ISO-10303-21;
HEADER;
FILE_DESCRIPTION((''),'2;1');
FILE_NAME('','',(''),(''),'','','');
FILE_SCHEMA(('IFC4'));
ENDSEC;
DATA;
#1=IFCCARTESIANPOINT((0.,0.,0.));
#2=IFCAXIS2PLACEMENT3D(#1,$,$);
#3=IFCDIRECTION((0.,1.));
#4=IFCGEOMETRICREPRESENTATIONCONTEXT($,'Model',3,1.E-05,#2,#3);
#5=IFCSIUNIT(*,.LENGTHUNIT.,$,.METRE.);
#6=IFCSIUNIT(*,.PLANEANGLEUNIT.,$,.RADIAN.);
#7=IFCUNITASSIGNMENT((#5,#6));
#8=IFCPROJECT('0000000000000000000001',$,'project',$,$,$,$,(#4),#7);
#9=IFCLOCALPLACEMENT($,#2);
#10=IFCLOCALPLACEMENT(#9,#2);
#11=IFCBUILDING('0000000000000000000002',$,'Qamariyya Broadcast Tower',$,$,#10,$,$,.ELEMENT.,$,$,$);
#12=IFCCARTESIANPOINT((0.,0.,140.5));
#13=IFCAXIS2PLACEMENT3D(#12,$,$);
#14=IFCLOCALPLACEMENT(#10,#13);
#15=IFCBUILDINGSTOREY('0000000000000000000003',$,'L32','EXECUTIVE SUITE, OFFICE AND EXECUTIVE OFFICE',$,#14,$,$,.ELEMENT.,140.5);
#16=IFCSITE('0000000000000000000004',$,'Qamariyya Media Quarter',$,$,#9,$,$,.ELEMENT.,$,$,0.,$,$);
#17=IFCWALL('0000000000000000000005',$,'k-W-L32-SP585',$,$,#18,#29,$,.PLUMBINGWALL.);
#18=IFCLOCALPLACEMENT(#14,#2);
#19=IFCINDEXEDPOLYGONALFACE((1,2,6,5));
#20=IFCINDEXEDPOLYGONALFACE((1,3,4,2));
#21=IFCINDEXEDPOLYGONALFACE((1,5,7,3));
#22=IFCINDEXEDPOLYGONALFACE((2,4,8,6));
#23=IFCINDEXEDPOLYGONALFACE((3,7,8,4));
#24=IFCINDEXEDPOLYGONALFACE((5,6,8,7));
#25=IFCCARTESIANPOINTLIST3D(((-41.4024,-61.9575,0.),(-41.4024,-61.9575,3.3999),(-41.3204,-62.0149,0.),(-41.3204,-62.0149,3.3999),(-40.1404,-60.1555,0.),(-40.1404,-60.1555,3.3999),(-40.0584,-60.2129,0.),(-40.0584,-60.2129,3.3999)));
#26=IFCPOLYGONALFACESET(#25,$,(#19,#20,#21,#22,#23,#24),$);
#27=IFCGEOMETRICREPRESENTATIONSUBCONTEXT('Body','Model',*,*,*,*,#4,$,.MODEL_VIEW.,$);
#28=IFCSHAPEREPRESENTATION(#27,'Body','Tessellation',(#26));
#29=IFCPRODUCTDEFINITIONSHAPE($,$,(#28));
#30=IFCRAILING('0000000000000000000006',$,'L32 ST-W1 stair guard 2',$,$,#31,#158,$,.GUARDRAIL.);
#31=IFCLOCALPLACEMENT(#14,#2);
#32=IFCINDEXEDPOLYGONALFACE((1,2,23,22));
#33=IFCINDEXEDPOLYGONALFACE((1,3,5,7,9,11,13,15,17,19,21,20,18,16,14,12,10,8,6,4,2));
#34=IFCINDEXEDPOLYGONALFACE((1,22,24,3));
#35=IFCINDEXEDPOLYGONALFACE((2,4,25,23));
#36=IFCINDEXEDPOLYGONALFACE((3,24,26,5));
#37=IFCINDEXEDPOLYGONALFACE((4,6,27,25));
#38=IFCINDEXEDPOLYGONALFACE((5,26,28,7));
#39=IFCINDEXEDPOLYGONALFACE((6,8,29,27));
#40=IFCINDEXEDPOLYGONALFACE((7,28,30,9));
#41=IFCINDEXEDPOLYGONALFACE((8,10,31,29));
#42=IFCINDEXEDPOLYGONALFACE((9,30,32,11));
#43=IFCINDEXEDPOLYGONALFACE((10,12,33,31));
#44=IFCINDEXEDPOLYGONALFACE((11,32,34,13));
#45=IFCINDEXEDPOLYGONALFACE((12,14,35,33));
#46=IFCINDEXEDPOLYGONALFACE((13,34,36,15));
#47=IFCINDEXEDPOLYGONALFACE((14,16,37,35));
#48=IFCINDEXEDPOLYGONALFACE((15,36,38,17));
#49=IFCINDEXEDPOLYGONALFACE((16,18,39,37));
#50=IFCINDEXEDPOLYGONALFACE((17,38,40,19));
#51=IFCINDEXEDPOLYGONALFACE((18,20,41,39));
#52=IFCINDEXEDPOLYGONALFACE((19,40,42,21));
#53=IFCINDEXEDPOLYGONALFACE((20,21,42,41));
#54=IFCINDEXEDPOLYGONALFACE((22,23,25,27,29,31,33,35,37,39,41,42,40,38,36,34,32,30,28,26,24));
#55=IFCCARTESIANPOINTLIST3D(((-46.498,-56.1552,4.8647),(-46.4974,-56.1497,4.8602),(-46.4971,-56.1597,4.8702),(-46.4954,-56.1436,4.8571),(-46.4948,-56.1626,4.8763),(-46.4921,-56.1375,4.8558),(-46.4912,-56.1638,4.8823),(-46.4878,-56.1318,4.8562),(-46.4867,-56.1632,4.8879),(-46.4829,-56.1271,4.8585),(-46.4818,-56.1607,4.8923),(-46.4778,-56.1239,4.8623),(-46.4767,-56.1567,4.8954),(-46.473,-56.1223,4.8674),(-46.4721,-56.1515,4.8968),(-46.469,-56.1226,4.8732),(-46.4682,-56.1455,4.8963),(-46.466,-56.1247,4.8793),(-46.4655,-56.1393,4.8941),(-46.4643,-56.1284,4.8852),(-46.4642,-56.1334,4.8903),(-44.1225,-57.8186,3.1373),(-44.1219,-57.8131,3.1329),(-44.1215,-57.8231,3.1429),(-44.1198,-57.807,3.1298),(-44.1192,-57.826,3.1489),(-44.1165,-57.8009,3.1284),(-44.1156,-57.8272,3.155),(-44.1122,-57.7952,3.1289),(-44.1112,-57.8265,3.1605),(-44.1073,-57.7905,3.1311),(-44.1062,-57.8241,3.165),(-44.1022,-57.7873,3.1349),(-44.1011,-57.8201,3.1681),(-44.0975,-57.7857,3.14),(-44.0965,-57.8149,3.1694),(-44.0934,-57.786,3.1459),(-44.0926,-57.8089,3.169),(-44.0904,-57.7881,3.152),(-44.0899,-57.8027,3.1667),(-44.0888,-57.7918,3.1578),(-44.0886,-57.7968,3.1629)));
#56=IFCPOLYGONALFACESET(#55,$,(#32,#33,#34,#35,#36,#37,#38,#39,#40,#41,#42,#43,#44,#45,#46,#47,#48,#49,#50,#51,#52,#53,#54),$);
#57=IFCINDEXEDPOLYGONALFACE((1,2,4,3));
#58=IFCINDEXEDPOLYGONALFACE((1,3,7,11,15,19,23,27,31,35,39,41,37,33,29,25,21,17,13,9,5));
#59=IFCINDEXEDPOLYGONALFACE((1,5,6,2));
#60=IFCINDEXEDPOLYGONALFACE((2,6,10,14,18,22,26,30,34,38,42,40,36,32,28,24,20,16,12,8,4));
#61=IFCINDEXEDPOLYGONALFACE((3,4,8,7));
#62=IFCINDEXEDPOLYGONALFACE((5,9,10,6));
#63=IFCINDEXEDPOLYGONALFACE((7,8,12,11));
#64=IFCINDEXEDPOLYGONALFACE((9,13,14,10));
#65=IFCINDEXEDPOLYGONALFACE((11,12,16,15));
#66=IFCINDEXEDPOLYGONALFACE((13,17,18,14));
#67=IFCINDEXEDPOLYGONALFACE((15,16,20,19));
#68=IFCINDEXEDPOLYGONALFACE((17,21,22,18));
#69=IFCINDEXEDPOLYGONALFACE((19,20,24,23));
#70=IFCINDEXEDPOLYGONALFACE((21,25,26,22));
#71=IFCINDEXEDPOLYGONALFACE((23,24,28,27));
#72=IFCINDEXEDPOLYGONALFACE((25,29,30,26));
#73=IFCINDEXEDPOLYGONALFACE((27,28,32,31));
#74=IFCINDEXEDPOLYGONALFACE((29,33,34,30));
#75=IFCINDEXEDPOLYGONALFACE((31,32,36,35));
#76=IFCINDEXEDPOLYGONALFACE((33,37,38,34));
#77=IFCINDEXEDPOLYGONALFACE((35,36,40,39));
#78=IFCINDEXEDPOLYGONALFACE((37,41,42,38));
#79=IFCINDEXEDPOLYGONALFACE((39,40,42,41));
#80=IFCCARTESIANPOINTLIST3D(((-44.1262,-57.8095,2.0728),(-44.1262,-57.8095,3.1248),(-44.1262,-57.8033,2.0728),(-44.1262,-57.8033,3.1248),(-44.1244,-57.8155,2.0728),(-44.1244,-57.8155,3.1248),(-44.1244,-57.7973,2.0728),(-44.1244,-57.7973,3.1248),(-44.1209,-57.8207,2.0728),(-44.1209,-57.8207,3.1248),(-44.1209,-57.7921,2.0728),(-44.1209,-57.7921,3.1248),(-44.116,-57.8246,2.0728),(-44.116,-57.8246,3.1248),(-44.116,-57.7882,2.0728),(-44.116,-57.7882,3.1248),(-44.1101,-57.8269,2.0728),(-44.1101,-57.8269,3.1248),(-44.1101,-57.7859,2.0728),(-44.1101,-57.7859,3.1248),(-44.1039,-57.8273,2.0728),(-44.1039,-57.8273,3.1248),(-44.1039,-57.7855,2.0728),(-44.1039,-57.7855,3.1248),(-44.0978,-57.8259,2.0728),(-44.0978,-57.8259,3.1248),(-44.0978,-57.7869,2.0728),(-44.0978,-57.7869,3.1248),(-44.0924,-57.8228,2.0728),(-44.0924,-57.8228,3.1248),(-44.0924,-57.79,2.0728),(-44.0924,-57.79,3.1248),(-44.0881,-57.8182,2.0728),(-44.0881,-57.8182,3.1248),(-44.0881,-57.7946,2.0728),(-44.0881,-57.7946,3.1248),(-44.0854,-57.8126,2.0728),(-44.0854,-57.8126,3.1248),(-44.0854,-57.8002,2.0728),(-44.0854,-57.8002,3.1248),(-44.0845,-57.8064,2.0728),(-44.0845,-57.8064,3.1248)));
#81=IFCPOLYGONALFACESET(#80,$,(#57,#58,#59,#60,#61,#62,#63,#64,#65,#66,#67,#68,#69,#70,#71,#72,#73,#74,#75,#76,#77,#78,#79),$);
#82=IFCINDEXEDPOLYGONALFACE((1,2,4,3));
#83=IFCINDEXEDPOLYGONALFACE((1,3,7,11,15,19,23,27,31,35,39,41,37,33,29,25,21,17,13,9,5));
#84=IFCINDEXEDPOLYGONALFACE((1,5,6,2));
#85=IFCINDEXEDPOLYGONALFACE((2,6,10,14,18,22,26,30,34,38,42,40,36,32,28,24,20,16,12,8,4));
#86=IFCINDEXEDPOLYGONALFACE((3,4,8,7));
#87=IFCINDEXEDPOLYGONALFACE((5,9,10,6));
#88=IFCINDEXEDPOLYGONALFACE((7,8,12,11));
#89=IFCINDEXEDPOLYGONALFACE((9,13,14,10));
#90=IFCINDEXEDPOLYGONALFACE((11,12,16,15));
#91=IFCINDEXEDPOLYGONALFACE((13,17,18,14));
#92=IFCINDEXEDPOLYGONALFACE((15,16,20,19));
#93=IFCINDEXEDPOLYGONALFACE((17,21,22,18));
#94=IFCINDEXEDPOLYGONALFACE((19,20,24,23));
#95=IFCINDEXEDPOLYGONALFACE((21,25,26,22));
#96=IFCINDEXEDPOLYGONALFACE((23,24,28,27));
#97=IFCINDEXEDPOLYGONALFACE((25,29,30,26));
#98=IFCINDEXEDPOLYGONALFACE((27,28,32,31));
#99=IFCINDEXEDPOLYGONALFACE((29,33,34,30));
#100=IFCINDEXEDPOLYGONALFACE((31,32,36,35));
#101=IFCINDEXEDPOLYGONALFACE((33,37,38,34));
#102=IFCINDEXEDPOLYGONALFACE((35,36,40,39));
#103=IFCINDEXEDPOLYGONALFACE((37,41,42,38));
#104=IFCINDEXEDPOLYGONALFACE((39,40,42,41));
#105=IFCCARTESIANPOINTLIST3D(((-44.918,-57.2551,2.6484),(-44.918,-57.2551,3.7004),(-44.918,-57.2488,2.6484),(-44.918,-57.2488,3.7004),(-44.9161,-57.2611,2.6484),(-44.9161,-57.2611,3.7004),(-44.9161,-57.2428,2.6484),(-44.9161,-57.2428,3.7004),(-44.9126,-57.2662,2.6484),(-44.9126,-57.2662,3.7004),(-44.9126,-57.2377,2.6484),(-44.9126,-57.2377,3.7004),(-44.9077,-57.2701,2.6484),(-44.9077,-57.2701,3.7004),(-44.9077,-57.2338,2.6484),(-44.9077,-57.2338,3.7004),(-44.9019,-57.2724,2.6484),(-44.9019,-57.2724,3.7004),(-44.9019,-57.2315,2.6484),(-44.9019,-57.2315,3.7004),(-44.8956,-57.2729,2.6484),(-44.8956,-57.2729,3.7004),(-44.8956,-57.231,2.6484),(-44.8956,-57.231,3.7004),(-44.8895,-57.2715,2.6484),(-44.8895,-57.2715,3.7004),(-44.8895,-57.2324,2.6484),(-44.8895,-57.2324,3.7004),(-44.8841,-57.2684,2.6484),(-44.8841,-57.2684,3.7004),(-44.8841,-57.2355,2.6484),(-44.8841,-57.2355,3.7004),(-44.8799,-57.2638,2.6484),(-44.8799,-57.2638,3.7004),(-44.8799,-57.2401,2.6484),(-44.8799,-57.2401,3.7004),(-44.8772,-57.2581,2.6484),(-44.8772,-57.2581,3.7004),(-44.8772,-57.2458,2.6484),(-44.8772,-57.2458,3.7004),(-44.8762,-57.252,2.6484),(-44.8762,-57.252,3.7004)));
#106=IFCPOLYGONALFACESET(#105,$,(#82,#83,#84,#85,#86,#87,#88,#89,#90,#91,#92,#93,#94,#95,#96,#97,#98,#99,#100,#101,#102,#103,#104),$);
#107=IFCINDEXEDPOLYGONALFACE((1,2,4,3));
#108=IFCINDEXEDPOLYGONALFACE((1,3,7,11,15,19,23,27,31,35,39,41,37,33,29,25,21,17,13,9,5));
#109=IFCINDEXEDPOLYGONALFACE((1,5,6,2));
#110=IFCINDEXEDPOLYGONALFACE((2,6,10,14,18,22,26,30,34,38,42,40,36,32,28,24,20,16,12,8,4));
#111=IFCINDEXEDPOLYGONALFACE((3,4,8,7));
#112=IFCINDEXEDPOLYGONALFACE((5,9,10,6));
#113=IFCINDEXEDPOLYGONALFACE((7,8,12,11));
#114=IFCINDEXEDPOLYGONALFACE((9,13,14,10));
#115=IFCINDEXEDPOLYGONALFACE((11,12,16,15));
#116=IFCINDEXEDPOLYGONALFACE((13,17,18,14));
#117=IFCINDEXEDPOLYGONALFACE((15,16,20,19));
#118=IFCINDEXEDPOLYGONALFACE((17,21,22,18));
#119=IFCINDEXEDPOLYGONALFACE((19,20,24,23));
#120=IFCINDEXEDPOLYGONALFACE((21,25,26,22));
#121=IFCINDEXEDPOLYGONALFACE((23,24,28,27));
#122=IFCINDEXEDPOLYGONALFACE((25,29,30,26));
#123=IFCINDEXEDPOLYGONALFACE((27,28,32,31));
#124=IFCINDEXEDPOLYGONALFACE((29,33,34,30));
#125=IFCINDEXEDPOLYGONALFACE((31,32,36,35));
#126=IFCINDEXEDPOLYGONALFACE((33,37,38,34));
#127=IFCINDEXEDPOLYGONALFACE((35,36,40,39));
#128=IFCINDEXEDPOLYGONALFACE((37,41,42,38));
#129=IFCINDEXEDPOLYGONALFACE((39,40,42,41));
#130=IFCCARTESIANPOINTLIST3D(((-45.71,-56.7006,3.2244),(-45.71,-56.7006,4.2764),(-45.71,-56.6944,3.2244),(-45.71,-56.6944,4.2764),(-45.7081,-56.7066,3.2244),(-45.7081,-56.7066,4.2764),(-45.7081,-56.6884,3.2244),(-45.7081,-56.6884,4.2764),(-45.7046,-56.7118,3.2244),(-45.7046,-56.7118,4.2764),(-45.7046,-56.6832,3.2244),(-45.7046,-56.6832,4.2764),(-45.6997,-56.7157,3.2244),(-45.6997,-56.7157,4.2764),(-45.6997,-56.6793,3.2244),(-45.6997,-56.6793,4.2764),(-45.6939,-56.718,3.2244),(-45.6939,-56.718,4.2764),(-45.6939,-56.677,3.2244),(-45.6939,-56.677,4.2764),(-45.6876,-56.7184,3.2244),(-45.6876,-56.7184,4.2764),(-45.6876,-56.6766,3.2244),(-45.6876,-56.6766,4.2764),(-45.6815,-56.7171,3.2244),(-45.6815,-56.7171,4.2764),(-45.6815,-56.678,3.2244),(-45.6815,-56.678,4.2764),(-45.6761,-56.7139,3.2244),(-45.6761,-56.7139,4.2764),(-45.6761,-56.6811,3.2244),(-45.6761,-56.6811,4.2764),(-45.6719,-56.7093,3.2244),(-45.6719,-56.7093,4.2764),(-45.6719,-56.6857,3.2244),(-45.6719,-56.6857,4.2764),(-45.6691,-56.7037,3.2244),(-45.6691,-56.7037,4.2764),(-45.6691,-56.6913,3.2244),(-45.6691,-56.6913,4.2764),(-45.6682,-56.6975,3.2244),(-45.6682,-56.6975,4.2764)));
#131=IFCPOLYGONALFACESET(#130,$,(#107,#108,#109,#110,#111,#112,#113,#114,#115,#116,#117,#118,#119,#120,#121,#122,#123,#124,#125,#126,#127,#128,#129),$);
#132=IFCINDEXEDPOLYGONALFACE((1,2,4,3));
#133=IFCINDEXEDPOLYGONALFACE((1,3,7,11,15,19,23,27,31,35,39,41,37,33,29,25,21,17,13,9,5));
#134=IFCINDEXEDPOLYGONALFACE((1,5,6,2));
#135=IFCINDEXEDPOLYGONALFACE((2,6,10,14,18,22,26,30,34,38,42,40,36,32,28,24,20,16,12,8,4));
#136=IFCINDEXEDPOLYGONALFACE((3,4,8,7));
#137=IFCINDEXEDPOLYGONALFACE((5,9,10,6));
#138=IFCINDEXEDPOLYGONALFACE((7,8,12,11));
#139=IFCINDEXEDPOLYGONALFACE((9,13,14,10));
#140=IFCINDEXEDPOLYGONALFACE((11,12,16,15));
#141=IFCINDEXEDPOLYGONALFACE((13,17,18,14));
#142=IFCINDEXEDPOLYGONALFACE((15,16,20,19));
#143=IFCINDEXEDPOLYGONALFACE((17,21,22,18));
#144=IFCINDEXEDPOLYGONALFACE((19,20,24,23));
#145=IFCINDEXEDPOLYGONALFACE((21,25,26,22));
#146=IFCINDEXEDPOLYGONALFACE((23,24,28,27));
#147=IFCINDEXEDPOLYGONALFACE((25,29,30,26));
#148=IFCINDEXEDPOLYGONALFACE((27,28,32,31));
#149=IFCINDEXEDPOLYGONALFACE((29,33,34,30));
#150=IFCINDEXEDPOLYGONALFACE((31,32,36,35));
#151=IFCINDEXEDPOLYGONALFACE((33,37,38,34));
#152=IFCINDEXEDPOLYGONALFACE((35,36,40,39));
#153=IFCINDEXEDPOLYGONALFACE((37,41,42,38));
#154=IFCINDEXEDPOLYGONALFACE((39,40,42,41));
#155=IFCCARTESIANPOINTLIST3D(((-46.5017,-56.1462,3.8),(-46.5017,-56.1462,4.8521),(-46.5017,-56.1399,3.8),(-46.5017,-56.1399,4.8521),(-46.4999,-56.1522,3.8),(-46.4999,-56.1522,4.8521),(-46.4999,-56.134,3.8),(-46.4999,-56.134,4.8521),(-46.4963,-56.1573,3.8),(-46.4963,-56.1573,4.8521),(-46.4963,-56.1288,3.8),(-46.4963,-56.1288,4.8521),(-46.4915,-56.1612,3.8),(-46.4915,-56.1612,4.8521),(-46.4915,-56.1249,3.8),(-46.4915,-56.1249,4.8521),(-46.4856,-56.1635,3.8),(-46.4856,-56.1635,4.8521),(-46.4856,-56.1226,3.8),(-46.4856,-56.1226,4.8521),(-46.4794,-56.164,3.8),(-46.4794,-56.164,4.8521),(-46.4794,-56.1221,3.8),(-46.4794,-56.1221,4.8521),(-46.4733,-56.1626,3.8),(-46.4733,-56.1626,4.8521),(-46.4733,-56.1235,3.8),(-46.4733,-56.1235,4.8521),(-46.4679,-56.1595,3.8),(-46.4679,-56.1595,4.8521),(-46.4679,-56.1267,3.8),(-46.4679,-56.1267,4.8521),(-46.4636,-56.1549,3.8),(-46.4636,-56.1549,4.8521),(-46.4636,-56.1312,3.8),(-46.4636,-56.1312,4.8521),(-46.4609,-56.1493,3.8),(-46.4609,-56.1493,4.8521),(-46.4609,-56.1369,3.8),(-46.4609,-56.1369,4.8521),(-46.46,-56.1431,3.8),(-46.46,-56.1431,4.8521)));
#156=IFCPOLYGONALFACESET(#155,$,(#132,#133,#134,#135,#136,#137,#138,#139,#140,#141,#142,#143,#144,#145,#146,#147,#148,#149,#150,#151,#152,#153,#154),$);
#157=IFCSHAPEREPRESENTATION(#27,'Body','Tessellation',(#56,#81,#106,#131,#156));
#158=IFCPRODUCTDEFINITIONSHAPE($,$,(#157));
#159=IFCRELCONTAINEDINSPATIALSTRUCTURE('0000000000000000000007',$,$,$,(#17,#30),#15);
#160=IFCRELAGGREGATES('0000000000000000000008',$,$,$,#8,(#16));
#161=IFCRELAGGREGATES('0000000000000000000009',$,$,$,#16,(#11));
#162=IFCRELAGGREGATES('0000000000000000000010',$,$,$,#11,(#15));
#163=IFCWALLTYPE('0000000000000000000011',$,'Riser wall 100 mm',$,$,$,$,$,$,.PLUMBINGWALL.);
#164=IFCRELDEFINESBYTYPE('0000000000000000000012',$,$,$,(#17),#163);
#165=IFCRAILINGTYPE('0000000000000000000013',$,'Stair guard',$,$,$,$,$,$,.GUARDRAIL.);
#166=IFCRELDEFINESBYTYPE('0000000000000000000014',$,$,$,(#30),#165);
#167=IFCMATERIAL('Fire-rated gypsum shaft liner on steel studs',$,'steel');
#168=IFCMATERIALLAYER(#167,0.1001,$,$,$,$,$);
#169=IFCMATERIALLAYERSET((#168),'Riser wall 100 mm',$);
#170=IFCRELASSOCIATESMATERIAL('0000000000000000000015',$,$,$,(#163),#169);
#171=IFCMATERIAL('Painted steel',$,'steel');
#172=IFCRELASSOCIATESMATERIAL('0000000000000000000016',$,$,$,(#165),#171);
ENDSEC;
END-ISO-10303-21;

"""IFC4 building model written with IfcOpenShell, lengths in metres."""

from ifc_helpers import new_model, si_unit, direction, frame, frame_2d, origin, origin_2d, place, context, subcontext, project, spatial, rectangle, circle, extrude, material, layer, layer_set, type_object, element, save


model = new_model("IFC4")

# Units and contexts
model_context = context("Model", 3, precision=1e-05, world=origin(), true_north=direction((0.0, 1.0)))
body_context = subcontext(model_context, "Body", "Model", "MODEL_VIEW")
ifc_project = project(units=[si_unit("LENGTHUNIT", "METRE"), si_unit("PLANEANGLEUNIT", "RADIAN")], contexts=[model_context])

# Site, building, storey
site_placement = place(None, origin())
site = spatial("IfcSite", under=ifc_project, at=site_placement, Name="Qamariyya Media Quarter", CompositionType="ELEMENT", RefElevation=0.0)
building_placement = place(site_placement, origin())
building = spatial("IfcBuilding", under=site, at=building_placement, Name="Qamariyya Broadcast Tower", CompositionType="ELEMENT")
storey_placement = place(building_placement, frame((0.0, 0.0, 140.5)))
storey = spatial("IfcBuildingStorey", under=building, at=storey_placement, Name="L32", Description="EXECUTIVE SUITE, OFFICE AND EXECUTIVE OFFICE", CompositionType="ELEMENT", Elevation=140.5)

# Wall
ifc_material_1 = material(Name="Fire-rated gypsum shaft liner on steel studs", Category="steel")
ifc_layer_1 = layer(ifc_material_1, 0.1001)
ifc_layer_set_1 = layer_set([ifc_layer_1], Name="Riser wall 100 mm")
wall_type_1 = type_object("IfcWallType", Name="Riser wall 100 mm", PredefinedType="PLUMBINGWALL", material=ifc_layer_set_1)
wall_1_placement = place(storey_placement, frame((-40.0994, -60.1841, 0.0), z_axis=(0.0, 0.0, 1.0), x_axis=(-0.573634, -0.819112, 0.0)))
element("IfcWall", 1, at=wall_1_placement, inside=storey, type_object=wall_type_1, Name="k-W-L32-SP585", PredefinedType="PLUMBINGWALL", context=body_context, shape_type="SweptSolid", body=[
    extrude(rectangle(XDim=2.2, YDim=0.1001, at=frame_2d((1.1001, 0.0))), origin(), (0.0, 0.0, 1.0), 3.3999),
])

# Railing
ifc_material_2 = material(Name="Painted steel", Category="steel")
railing_type_1 = type_object("IfcRailingType", Name="Stair guard", PredefinedType="GUARDRAIL", material=ifc_material_2)
railing_1_placement = place(storey_placement, frame((-44.1055, -57.8064, 2.0728)))
element("IfcRailing", 2, at=railing_1_placement, inside=storey, type_object=railing_type_1, Name="L32 ST-W1 stair guard 2", PredefinedType="GUARDRAIL", context=body_context, shape_type="SweptSolid", body=[
    extrude(circle(Radius=0.0239, at=origin_2d()), frame((0.0, 0.0, 1.0762), z_axis=(-0.70377, 0.492784, 0.511734), x_axis=(-0.573575, -0.819153, 0.0)), (0.0, 0.0, 1.0), 3.3755),
    extrude(circle(Radius=0.021, at=origin_2d()), origin(), (0.0, 0.0, 1.0), 1.052),
    extrude(circle(Radius=0.021, at=origin_2d()), frame((-0.7917, 0.5544, 0.5757)), (0.0, 0.0, 1.0), 1.052),
    extrude(circle(Radius=0.021, at=origin_2d()), frame((-1.5837, 1.1089, 1.1516)), (0.0, 0.0, 1.0), 1.052),
    extrude(circle(Radius=0.021, at=origin_2d()), frame((-2.3755, 1.6633, 1.7273)), (0.0, 0.0, 1.0), 1.052),
])

save(model, "model.ifc")
